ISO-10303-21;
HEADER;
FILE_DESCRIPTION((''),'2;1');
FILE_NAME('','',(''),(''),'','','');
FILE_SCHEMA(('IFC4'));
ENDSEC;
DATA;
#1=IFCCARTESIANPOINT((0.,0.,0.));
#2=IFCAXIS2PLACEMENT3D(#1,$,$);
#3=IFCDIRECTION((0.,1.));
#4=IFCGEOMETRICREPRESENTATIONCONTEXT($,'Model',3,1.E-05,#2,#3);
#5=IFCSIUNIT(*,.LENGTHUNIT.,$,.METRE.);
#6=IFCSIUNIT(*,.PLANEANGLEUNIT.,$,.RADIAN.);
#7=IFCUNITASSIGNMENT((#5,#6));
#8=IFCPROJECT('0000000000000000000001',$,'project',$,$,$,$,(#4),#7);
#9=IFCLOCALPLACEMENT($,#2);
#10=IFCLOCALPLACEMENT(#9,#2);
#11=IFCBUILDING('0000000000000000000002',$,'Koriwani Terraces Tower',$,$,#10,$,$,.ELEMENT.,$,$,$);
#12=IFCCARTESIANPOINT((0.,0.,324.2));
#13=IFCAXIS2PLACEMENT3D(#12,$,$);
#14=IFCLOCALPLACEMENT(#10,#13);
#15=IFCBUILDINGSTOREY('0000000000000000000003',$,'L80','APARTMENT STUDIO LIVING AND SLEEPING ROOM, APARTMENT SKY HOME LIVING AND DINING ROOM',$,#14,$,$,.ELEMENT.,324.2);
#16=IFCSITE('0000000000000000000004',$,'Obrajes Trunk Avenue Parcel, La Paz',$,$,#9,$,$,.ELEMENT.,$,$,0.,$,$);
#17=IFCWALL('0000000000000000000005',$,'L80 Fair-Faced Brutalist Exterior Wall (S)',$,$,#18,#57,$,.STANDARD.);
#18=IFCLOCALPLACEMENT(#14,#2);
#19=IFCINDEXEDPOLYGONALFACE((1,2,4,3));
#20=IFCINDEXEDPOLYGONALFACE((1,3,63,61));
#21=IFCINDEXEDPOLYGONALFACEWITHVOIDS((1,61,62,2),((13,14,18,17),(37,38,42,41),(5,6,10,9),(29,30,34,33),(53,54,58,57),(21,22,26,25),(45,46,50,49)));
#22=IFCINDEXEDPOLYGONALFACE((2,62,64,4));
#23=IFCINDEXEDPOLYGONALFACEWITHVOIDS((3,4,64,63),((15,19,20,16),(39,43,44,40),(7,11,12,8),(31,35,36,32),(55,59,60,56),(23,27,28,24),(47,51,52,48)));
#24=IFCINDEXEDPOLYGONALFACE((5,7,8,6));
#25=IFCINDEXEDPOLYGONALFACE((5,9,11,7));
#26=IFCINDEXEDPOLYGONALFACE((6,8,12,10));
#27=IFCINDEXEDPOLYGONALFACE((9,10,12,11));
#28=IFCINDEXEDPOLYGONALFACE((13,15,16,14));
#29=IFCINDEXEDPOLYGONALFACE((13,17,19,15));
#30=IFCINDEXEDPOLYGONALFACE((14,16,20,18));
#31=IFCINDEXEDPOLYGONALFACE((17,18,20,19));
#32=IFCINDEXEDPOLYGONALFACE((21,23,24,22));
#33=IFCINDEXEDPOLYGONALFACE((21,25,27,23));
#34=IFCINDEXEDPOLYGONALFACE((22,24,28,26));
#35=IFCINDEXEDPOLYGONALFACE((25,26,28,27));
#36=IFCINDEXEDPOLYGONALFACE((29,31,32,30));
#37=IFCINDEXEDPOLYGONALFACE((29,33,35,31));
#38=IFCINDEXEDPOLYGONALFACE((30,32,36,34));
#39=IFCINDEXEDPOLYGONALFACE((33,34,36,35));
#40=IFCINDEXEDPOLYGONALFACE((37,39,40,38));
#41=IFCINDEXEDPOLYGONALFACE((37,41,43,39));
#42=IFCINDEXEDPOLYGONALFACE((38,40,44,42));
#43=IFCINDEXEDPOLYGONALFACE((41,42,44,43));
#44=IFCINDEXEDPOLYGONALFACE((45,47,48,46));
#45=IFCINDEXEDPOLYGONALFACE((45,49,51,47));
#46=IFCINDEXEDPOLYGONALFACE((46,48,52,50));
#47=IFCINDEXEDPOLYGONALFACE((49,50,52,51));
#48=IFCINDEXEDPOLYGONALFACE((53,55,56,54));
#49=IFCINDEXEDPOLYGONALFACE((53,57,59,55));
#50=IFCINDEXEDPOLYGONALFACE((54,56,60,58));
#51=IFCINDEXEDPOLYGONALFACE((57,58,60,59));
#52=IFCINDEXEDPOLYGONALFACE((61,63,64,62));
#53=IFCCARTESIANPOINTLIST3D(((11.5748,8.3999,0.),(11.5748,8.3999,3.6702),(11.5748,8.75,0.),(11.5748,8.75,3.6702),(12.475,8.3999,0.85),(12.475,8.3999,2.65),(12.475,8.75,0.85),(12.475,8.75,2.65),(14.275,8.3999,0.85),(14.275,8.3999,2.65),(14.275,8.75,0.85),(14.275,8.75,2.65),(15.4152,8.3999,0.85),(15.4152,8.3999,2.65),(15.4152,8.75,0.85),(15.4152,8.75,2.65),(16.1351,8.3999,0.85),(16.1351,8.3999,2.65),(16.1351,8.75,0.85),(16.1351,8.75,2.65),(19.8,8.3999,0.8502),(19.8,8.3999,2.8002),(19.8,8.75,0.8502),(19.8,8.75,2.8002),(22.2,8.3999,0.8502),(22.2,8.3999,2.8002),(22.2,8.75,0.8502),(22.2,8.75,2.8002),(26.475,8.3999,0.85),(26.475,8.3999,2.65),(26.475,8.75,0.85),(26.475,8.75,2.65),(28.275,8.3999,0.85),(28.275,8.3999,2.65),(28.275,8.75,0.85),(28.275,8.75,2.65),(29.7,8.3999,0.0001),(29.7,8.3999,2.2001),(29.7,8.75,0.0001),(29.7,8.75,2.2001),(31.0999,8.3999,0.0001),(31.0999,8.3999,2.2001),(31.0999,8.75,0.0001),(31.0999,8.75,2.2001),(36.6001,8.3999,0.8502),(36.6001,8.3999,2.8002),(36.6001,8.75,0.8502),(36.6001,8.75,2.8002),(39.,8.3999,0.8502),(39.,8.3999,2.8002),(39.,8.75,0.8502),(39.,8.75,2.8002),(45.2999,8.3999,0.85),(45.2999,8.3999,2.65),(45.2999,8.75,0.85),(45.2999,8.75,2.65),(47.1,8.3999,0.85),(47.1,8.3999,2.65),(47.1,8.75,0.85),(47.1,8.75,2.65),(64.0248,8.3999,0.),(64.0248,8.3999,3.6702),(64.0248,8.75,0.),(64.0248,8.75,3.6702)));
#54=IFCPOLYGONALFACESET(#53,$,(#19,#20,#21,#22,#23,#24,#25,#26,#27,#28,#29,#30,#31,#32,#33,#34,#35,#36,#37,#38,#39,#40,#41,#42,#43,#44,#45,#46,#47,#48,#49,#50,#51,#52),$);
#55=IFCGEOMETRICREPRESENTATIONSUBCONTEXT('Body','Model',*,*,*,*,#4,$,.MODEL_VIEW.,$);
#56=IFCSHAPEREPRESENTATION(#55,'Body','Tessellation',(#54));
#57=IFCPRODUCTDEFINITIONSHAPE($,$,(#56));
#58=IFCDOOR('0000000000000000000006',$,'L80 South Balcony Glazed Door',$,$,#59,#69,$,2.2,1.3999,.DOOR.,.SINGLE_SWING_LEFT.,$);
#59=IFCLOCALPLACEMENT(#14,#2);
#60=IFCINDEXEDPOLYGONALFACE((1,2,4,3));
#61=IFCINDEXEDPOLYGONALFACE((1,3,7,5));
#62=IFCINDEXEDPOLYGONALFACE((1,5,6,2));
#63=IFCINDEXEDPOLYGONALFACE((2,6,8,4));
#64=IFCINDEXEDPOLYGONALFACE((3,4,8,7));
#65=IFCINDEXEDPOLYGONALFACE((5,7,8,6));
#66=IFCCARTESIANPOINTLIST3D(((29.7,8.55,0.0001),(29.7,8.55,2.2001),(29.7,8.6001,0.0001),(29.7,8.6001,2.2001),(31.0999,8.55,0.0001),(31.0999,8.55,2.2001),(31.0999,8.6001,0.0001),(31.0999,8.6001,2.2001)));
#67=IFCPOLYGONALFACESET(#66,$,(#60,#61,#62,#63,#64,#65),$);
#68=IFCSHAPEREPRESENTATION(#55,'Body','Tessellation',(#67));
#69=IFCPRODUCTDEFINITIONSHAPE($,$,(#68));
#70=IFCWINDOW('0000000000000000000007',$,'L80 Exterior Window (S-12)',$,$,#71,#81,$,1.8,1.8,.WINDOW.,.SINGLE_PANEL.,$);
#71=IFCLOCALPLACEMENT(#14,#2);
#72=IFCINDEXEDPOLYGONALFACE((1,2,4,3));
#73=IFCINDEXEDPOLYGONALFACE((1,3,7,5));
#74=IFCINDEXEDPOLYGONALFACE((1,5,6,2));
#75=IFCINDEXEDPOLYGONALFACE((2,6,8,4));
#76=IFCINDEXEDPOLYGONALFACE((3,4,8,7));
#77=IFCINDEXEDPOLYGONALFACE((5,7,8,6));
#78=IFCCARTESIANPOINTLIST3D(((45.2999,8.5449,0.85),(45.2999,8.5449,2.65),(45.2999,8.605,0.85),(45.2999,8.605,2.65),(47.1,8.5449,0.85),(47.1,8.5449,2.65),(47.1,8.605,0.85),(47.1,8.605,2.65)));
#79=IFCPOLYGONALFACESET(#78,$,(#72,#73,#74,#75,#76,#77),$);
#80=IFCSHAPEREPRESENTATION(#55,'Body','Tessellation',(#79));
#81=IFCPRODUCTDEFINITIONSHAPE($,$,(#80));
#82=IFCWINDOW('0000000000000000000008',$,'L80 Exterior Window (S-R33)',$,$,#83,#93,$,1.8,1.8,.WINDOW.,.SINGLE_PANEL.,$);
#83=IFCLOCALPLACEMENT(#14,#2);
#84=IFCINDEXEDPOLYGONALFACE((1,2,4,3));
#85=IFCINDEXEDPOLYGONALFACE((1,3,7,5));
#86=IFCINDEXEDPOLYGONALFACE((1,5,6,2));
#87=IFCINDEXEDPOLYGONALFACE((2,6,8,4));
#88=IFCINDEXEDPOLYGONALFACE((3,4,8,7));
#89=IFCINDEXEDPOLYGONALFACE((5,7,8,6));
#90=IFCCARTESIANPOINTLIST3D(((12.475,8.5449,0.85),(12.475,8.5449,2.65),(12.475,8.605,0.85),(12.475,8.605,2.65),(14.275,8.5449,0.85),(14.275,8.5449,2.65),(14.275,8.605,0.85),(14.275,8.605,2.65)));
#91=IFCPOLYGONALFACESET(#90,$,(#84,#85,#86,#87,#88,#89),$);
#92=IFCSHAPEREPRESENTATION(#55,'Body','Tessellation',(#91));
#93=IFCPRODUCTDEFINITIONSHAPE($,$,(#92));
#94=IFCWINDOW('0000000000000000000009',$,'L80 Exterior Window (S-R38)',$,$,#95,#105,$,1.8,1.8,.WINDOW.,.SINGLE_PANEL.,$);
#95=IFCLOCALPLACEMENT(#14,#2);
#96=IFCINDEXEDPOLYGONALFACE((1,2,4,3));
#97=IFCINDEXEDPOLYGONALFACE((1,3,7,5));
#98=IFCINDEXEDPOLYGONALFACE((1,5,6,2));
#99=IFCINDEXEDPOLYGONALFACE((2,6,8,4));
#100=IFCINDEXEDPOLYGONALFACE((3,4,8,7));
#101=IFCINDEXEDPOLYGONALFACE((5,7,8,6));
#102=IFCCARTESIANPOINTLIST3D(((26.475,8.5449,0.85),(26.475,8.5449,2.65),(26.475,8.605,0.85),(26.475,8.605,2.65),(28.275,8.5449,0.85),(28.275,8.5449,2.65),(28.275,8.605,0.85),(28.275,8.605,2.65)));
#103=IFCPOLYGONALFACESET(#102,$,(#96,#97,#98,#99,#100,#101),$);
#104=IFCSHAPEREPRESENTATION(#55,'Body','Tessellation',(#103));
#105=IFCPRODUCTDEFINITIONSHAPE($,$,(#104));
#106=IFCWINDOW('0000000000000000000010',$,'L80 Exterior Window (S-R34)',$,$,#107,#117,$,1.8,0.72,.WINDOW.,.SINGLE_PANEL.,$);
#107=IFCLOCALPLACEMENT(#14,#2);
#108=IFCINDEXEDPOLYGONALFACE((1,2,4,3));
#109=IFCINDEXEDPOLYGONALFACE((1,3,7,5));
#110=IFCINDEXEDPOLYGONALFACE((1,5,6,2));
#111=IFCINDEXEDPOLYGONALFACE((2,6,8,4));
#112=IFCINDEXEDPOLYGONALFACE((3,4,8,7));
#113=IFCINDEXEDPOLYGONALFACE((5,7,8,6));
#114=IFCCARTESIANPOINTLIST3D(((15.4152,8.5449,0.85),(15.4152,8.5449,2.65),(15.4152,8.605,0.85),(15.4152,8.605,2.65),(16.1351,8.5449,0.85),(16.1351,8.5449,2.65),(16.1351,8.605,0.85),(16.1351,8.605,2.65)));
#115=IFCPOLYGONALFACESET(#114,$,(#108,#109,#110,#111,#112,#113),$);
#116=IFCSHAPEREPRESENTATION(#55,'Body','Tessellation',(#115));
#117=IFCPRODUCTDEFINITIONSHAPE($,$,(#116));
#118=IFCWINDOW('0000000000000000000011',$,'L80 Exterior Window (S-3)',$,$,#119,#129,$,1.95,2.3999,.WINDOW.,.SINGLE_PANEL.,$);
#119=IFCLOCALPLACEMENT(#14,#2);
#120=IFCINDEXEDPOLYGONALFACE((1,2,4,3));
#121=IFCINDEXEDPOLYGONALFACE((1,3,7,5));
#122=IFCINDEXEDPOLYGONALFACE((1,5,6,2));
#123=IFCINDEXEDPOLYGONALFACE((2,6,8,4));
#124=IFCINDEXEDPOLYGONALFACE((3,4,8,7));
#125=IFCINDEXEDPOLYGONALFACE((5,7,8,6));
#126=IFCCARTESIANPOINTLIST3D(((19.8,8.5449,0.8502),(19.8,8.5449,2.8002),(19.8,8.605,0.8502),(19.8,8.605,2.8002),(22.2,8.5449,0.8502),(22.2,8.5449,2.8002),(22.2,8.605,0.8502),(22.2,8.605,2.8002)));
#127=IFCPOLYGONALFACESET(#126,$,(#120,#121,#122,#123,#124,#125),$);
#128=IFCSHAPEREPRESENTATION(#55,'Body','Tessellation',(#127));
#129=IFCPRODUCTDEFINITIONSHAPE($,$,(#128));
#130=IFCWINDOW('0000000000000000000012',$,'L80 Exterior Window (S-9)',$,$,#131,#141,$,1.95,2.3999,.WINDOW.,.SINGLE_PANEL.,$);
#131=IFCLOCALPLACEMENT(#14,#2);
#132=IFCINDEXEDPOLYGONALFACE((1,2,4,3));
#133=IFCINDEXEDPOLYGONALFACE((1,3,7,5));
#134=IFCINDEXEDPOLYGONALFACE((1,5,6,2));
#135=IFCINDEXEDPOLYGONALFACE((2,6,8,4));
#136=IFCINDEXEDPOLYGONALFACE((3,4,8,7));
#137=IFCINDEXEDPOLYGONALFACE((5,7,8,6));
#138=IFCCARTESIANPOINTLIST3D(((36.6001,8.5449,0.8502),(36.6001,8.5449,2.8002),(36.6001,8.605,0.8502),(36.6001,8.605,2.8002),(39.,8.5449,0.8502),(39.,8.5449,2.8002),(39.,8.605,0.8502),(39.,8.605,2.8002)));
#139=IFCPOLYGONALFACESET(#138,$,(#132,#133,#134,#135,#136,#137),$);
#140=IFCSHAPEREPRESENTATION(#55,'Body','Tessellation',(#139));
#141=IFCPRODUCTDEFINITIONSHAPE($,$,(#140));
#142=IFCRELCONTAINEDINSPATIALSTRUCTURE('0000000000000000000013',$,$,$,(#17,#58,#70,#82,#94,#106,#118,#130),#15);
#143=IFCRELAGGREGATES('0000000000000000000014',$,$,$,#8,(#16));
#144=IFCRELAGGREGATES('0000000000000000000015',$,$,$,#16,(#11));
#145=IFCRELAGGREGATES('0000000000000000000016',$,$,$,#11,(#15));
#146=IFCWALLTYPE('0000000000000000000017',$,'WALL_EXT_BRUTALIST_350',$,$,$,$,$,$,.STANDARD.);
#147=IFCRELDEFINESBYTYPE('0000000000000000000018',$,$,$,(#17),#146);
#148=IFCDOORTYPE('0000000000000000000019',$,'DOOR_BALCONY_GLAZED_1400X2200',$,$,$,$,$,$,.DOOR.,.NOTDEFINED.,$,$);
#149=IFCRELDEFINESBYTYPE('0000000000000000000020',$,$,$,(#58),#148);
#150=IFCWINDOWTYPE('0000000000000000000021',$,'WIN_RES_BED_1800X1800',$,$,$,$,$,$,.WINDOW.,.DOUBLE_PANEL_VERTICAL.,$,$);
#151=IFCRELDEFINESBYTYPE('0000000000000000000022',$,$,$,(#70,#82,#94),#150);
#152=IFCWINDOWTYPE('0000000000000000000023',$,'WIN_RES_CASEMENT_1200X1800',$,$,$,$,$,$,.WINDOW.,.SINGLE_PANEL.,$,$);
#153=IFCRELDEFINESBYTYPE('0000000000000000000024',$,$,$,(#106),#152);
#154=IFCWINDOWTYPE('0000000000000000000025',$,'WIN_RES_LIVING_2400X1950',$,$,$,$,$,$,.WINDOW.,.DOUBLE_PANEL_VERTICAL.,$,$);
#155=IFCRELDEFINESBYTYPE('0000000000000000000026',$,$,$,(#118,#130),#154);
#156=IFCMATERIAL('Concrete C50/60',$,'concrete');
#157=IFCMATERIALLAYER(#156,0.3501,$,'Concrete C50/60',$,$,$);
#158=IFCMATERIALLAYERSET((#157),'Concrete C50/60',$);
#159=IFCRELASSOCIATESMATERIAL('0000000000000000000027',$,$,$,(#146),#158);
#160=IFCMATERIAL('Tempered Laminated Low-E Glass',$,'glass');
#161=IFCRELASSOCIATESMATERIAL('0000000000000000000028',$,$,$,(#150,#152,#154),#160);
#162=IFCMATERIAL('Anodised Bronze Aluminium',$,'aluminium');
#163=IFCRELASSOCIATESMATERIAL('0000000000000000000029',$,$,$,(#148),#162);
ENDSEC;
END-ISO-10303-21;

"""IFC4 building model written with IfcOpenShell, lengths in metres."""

from ifc_helpers import new_model, si_unit, direction, frame, frame_2d, origin, place, context, subcontext, project, spatial, rectangle, extrude, material, layer, layer_set, type_object, element, fill, save


model = new_model("IFC4")

# Units and contexts
model_context = context("Model", 3, precision=1e-05, world=origin(), true_north=direction((0.0, 1.0)))
body_context = subcontext(model_context, "Body", "Model", "MODEL_VIEW")
ifc_project = project(units=[si_unit("LENGTHUNIT", "METRE"), si_unit("PLANEANGLEUNIT", "RADIAN")], contexts=[model_context])

# Site, building, storey
site_placement = place(None, origin())
site = spatial("IfcSite", under=ifc_project, at=site_placement, Name="Obrajes Trunk Avenue Parcel, La Paz", CompositionType="ELEMENT", RefElevation=0.0)
building_placement = place(site_placement, origin())
building = spatial("IfcBuilding", under=site, at=building_placement, Name="Koriwani Terraces Tower", CompositionType="ELEMENT")
storey_placement = place(building_placement, frame((0.0, 0.0, 324.2)))
storey = spatial("IfcBuildingStorey", under=building, at=storey_placement, Name="L80", Description="APARTMENT STUDIO LIVING AND SLEEPING ROOM, APARTMENT SKY HOME LIVING AND DINING ROOM", CompositionType="ELEMENT", Elevation=324.2)

# Shared definitions
ifc_material_1 = material(Name="Concrete C50/60", Category="concrete")

# Shared definitions
ifc_material_2 = material(Name="Anodised Bronze Aluminium", Category="aluminium")

# Shared definitions
ifc_material_3 = material(Name="Tempered Laminated Low-E Glass", Category="glass")

# Shared definitions
ifc_layer_1 = layer(ifc_material_1, 0.3501, Name="Concrete C50/60")
ifc_layer_set_1 = layer_set([ifc_layer_1], Name="Concrete C50/60")
wall_type_1 = type_object("IfcWallType", Name="WALL_EXT_BRUTALIST_350", PredefinedType="STANDARD", material=ifc_layer_set_1)
window_type_1 = type_object("IfcWindowType", Name="WIN_RES_BED_1800X1800", PartitioningType="DOUBLE_PANEL_VERTICAL", PredefinedType="WINDOW", material=ifc_material_3)

# Wall, openings, door, windows
wall_1_placement = place(storey_placement, frame((64.0249, 8.575, 0.0), z_axis=(0.0, 0.0, 1.0), x_axis=(-1.0, 0.0, 0.0)))
wall_1 = element("IfcWall", 1, at=wall_1_placement, inside=storey, type_object=wall_type_1, Name="L80 Fair-Faced Brutalist Exterior Wall (S)", PredefinedType="STANDARD", context=body_context, shape_type="SweptSolid", body=[
    extrude(rectangle(XDim=52.45, YDim=0.3501, at=frame_2d((26.2251, 0.0))), origin(), (0.0, 0.0, 1.0), 3.6702),
])
opening_1_placement = place(wall_1_placement, frame((32.925, 0.0, 0.0)))
opening_1 = element("IfcOpeningElement", 2, at=opening_1_placement, cuts=wall_1, PredefinedType="OPENING", context=body_context, shape_type="SweptSolid", body=[
    extrude(rectangle(XDim=1.3999, YDim=2.2, at=frame_2d((0.7, 1.1001))), frame((0.0, 0.1851, 0.0), z_axis=(0.0, -1.0, 0.0), x_axis=(1.0, 0.0, 0.0)), (0.0, 0.0, 1.0), 0.3701),
])
opening_2_placement = place(wall_1_placement, frame((41.825, 0.0, 0.8501)))
opening_2 = element("IfcOpeningElement", 3, at=opening_2_placement, cuts=wall_1, PredefinedType="OPENING", context=body_context, shape_type="SweptSolid", body=[
    extrude(rectangle(XDim=2.3999, YDim=1.95, at=frame_2d((1.2, 0.9751))), frame((0.0, 0.1851, 0.0), z_axis=(0.0, -1.0, 0.0), x_axis=(1.0, 0.0, 0.0)), (0.0, 0.0, 1.0), 0.3701),
])
opening_3_placement = place(wall_1_placement, frame((25.0249, 0.0, 0.8501)))
opening_3 = element("IfcOpeningElement", 4, at=opening_3_placement, cuts=wall_1, PredefinedType="OPENING", context=body_context, shape_type="SweptSolid", body=[
    extrude(rectangle(XDim=2.3999, YDim=1.95, at=frame_2d((1.2, 0.9751))), frame((0.0, 0.1851, 0.0), z_axis=(0.0, -1.0, 0.0), x_axis=(1.0, 0.0, 0.0)), (0.0, 0.0, 1.0), 0.3701),
])
opening_4_placement = place(wall_1_placement, frame((16.925, 0.0, 0.8501)))
opening_4 = element("IfcOpeningElement", 5, at=opening_4_placement, cuts=wall_1, PredefinedType="OPENING", context=body_context, shape_type="SweptSolid", body=[
    extrude(rectangle(XDim=1.8, YDim=1.8, at=frame_2d((0.8999, 0.8999))), frame((0.0, 0.1851, 0.0), z_axis=(0.0, -1.0, 0.0), x_axis=(1.0, 0.0, 0.0)), (0.0, 0.0, 1.0), 0.3701),
])
opening_5_placement = place(wall_1_placement, frame((49.75, 0.0, 0.8501)))
opening_5 = element("IfcOpeningElement", 6, at=opening_5_placement, cuts=wall_1, PredefinedType="OPENING", context=body_context, shape_type="SweptSolid", body=[
    extrude(rectangle(XDim=1.8, YDim=1.8, at=frame_2d((0.8999, 0.8999))), frame((0.0, 0.1851, 0.0), z_axis=(0.0, -1.0, 0.0), x_axis=(1.0, 0.0, 0.0)), (0.0, 0.0, 1.0), 0.3701),
])
opening_6_placement = place(wall_1_placement, frame((47.8899, 0.0, 0.8501)))
opening_6 = element("IfcOpeningElement", 7, at=opening_6_placement, cuts=wall_1, PredefinedType="OPENING", context=body_context, shape_type="SweptSolid", body=[
    extrude(rectangle(XDim=0.72, YDim=1.8, at=frame_2d((0.3599, 0.8999))), frame((0.0, 0.1851, 0.0), z_axis=(0.0, -1.0, 0.0), x_axis=(1.0, 0.0, 0.0)), (0.0, 0.0, 1.0), 0.3701),
])
opening_7_placement = place(wall_1_placement, frame((35.75, 0.0, 0.8501)))
opening_7 = element("IfcOpeningElement", 8, at=opening_7_placement, cuts=wall_1, PredefinedType="OPENING", context=body_context, shape_type="SweptSolid", body=[
    extrude(rectangle(XDim=1.8, YDim=1.8, at=frame_2d((0.8999, 0.8999))), frame((0.0, 0.1851, 0.0), z_axis=(0.0, -1.0, 0.0), x_axis=(1.0, 0.0, 0.0)), (0.0, 0.0, 1.0), 0.3701),
])
door_type_1 = type_object("IfcDoorType", Name="DOOR_BALCONY_GLAZED_1400X2200", OperationType="NOTDEFINED", PredefinedType="DOOR", material=ifc_material_2)
door_1_placement = place(opening_1_placement, origin())
door_1 = element("IfcDoor", 9, at=door_1_placement, inside=storey, type_object=door_type_1, Name="L80 South Balcony Glazed Door", OperationType="SINGLE_SWING_LEFT", OverallHeight=2.2, OverallWidth=1.3999, PredefinedType="DOOR", context=body_context, shape_type="SweptSolid", body=[
    extrude(rectangle(XDim=1.3999, YDim=2.2, at=frame_2d((0.7, 1.1001))), frame((0.0, 0.0249, 0.0), z_axis=(0.0, -1.0, 0.0), x_axis=(1.0, 0.0, 0.0)), (0.0, 0.0, 1.0), 0.05),
])
fill(opening_1, door_1)
window_1_placement = place(opening_4_placement, origin())
window_1 = element("IfcWindow", 10, at=window_1_placement, inside=storey, type_object=window_type_1, Name="L80 Exterior Window (S-12)", OverallHeight=1.8, OverallWidth=1.8, PartitioningType="SINGLE_PANEL", PredefinedType="WINDOW", context=body_context, shape_type="SweptSolid", body=[
    extrude(rectangle(XDim=1.8, YDim=1.8, at=frame_2d((0.8999, 0.8999))), frame((0.0, 0.03, 0.0), z_axis=(0.0, -1.0, 0.0), x_axis=(1.0, 0.0, 0.0)), (0.0, 0.0, 1.0), 0.0601),
])
fill(opening_4, window_1)
window_2_placement = place(opening_5_placement, origin())
window_2 = element("IfcWindow", 11, at=window_2_placement, inside=storey, type_object=window_type_1, Name="L80 Exterior Window (S-R33)", OverallHeight=1.8, OverallWidth=1.8, PartitioningType="SINGLE_PANEL", PredefinedType="WINDOW", context=body_context, shape_type="SweptSolid", body=[
    extrude(rectangle(XDim=1.8, YDim=1.8, at=frame_2d((0.8999, 0.8999))), frame((0.0, 0.03, 0.0), z_axis=(0.0, -1.0, 0.0), x_axis=(1.0, 0.0, 0.0)), (0.0, 0.0, 1.0), 0.0601),
])
fill(opening_5, window_2)
window_3_placement = place(opening_7_placement, origin())
window_3 = element("IfcWindow", 12, at=window_3_placement, inside=storey, type_object=window_type_1, Name="L80 Exterior Window (S-R38)", OverallHeight=1.8, OverallWidth=1.8, PartitioningType="SINGLE_PANEL", PredefinedType="WINDOW", context=body_context, shape_type="SweptSolid", body=[
    extrude(rectangle(XDim=1.8, YDim=1.8, at=frame_2d((0.8999, 0.8999))), frame((0.0, 0.03, 0.0), z_axis=(0.0, -1.0, 0.0), x_axis=(1.0, 0.0, 0.0)), (0.0, 0.0, 1.0), 0.0601),
])
fill(opening_7, window_3)
window_type_2 = type_object("IfcWindowType", Name="WIN_RES_CASEMENT_1200X1800", PartitioningType="SINGLE_PANEL", PredefinedType="WINDOW", material=ifc_material_3)
window_4_placement = place(opening_6_placement, origin())
window_4 = element("IfcWindow", 13, at=window_4_placement, inside=storey, type_object=window_type_2, Name="L80 Exterior Window (S-R34)", OverallHeight=1.8, OverallWidth=0.72, PartitioningType="SINGLE_PANEL", PredefinedType="WINDOW", context=body_context, shape_type="SweptSolid", body=[
    extrude(rectangle(XDim=0.72, YDim=1.8, at=frame_2d((0.3599, 0.8999))), frame((0.0, 0.03, 0.0), z_axis=(0.0, -1.0, 0.0), x_axis=(1.0, 0.0, 0.0)), (0.0, 0.0, 1.0), 0.0601),
])
fill(opening_6, window_4)
window_type_3 = type_object("IfcWindowType", Name="WIN_RES_LIVING_2400X1950", PartitioningType="DOUBLE_PANEL_VERTICAL", PredefinedType="WINDOW", material=ifc_material_3)
window_5_placement = place(opening_2_placement, origin())
window_5 = element("IfcWindow", 14, at=window_5_placement, inside=storey, type_object=window_type_3, Name="L80 Exterior Window (S-3)", OverallHeight=1.95, OverallWidth=2.3999, PartitioningType="SINGLE_PANEL", PredefinedType="WINDOW", context=body_context, shape_type="SweptSolid", body=[
    extrude(rectangle(XDim=2.3999, YDim=1.95, at=frame_2d((1.2, 0.9751))), frame((0.0, 0.03, 0.0), z_axis=(0.0, -1.0, 0.0), x_axis=(1.0, 0.0, 0.0)), (0.0, 0.0, 1.0), 0.0601),
])
fill(opening_2, window_5)
window_6_placement = place(opening_3_placement, origin())
window_6 = element("IfcWindow", 15, at=window_6_placement, inside=storey, type_object=window_type_3, Name="L80 Exterior Window (S-9)", OverallHeight=1.95, OverallWidth=2.3999, PartitioningType="SINGLE_PANEL", PredefinedType="WINDOW", context=body_context, shape_type="SweptSolid", body=[
    extrude(rectangle(XDim=2.3999, YDim=1.95, at=frame_2d((1.2, 0.9751))), frame((0.0, 0.03, 0.0), z_axis=(0.0, -1.0, 0.0), x_axis=(1.0, 0.0, 0.0)), (0.0, 0.0, 1.0), 0.0601),
])
fill(opening_3, window_6)

save(model, "model.ifc")
